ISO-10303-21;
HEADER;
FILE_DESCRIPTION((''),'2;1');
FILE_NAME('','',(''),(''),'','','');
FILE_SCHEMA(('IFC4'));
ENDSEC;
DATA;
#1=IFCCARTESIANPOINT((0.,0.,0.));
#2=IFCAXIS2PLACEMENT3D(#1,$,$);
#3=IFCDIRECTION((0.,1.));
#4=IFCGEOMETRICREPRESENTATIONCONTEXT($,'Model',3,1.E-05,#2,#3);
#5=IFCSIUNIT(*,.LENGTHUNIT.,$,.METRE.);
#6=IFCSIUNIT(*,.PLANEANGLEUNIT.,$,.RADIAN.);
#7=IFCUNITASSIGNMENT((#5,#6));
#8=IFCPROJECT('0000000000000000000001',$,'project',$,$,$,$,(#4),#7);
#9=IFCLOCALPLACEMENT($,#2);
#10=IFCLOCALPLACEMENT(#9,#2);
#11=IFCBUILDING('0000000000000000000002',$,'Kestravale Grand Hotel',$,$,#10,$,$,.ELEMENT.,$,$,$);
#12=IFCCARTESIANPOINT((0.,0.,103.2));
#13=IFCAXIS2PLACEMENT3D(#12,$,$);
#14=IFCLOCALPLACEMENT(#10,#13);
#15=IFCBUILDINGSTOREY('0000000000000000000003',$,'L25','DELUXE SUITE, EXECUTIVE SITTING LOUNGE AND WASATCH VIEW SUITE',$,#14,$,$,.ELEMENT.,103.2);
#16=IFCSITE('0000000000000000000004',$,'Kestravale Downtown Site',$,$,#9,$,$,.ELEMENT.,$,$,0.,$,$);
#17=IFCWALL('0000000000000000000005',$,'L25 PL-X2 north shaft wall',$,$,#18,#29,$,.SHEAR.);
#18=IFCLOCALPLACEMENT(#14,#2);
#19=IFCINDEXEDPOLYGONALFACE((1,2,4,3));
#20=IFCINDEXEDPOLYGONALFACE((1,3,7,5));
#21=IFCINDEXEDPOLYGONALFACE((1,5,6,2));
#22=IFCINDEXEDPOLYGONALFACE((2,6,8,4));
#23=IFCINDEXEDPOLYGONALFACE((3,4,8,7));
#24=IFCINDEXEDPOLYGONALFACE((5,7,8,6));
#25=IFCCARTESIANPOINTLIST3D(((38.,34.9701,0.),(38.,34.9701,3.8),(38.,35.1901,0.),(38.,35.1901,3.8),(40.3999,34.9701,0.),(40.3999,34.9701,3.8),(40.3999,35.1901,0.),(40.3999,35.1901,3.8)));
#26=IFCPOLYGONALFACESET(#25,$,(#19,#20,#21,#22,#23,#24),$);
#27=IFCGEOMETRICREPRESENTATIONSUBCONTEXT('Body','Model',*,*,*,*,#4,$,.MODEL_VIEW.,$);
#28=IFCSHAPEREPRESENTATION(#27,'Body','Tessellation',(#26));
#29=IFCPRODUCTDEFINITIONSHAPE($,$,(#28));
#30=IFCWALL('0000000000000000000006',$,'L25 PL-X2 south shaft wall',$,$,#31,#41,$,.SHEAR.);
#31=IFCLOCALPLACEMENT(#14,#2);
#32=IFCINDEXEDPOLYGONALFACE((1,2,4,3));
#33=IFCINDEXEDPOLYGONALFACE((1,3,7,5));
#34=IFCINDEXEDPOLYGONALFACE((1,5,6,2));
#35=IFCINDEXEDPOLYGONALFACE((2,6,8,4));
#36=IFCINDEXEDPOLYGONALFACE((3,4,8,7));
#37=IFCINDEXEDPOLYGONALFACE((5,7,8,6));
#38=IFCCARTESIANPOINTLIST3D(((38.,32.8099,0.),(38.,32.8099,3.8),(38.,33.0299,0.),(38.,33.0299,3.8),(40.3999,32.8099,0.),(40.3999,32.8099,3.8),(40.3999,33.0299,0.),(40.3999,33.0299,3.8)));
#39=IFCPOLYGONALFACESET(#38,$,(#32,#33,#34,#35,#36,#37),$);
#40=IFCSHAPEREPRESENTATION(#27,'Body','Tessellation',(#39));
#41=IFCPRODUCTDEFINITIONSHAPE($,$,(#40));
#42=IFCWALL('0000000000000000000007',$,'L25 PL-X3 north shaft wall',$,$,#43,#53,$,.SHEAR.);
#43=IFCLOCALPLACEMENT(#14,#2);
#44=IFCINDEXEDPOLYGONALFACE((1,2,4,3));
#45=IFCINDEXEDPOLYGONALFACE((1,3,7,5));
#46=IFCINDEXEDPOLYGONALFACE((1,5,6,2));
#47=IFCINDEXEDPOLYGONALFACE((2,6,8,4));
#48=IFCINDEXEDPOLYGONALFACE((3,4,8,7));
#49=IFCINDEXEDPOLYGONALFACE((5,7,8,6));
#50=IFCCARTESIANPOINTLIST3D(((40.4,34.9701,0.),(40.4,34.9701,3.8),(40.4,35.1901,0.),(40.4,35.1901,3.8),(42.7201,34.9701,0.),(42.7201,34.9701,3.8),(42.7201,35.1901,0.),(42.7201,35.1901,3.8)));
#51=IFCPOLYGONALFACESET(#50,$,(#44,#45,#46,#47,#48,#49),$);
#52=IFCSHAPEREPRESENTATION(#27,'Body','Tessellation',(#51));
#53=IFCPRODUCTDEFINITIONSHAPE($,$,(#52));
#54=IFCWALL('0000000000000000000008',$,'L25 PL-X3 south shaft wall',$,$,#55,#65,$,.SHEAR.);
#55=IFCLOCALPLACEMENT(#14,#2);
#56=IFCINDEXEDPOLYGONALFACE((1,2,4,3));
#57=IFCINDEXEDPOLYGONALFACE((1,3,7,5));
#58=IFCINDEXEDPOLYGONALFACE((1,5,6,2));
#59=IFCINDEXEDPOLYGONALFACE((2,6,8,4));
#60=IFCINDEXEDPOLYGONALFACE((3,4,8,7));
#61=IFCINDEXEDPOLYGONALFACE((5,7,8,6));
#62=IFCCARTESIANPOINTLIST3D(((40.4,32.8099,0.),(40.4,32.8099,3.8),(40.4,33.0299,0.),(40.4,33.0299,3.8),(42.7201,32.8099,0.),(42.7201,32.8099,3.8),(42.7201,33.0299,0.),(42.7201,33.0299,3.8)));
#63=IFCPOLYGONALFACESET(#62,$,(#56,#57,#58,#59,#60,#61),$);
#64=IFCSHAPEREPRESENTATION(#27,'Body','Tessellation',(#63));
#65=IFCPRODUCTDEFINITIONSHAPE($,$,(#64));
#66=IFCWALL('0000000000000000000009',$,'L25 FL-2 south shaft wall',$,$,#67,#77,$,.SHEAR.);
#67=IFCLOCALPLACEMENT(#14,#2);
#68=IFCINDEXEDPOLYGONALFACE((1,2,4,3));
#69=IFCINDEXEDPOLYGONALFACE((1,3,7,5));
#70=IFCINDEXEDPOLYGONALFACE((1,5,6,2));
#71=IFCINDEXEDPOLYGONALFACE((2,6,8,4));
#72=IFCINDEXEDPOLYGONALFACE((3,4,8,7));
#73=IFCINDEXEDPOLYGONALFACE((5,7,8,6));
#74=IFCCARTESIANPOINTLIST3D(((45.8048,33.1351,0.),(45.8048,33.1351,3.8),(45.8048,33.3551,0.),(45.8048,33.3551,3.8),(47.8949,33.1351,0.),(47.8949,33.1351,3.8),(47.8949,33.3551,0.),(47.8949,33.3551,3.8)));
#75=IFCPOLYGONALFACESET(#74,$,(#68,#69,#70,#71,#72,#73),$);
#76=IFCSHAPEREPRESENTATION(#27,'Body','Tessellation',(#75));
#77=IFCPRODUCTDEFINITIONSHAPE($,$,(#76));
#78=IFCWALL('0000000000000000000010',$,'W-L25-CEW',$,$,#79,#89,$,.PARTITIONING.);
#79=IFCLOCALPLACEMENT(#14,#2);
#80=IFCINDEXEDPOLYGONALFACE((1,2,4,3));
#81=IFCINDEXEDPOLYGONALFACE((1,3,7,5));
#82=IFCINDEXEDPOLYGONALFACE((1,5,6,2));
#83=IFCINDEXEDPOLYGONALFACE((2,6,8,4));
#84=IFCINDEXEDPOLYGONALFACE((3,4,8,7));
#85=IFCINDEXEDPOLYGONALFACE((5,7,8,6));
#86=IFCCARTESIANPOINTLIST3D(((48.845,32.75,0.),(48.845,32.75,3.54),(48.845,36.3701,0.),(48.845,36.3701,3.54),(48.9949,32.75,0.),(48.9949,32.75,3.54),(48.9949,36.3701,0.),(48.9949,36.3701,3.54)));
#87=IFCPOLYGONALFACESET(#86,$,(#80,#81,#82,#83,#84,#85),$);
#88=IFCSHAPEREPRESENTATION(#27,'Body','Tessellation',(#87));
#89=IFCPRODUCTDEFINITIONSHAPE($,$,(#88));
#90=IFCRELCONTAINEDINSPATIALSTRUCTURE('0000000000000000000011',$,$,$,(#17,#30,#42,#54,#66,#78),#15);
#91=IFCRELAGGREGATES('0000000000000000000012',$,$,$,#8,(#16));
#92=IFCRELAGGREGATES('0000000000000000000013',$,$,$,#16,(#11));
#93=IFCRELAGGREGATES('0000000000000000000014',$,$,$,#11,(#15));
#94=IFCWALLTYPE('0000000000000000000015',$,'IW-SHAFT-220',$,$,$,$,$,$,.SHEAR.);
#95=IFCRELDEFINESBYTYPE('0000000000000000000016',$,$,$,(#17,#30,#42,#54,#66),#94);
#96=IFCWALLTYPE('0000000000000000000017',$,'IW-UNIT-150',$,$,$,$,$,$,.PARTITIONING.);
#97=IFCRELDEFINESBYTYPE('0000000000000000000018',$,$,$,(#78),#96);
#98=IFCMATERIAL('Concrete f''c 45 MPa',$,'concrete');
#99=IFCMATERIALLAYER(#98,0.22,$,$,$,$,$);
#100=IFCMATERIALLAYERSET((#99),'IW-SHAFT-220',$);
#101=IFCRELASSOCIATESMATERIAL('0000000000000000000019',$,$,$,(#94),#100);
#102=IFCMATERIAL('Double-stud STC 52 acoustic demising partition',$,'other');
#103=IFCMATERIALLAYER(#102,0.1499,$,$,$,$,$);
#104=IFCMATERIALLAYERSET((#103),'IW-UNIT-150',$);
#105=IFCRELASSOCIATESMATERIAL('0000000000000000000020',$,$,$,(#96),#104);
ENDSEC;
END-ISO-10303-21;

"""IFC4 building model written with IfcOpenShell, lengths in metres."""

from ifc_helpers import new_model, si_unit, direction, frame, frame_2d, origin, place, context, subcontext, project, spatial, rectangle, extrude, material, layer, layer_set, type_object, element, save


model = new_model("IFC4")

# Units and contexts
model_context = context("Model", 3, precision=1e-05, world=origin(), true_north=direction((0.0, 1.0)))
body_context = subcontext(model_context, "Body", "Model", "MODEL_VIEW")
ifc_project = project(units=[si_unit("LENGTHUNIT", "METRE"), si_unit("PLANEANGLEUNIT", "RADIAN")], contexts=[model_context])

# Site, building, storey
site_placement = place(None, origin())
site = spatial("IfcSite", under=ifc_project, at=site_placement, Name="Kestravale Downtown Site", CompositionType="ELEMENT", RefElevation=0.0)
building_placement = place(site_placement, origin())
building = spatial("IfcBuilding", under=site, at=building_placement, Name="Kestravale Grand Hotel", CompositionType="ELEMENT")
storey_placement = place(building_placement, frame((0.0, 0.0, 103.2)))
storey = spatial("IfcBuildingStorey", under=building, at=storey_placement, Name="L25", Description="DELUXE SUITE, EXECUTIVE SITTING LOUNGE AND WASATCH VIEW SUITE", CompositionType="ELEMENT", Elevation=103.2)

# Walls
ifc_material_1 = material(Name="Concrete f'c 45 MPa", Category="concrete")
ifc_layer_1 = layer(ifc_material_1, 0.22)
ifc_layer_set_1 = layer_set([ifc_layer_1], Name="IW-SHAFT-220")
wall_type_1 = type_object("IfcWallType", Name="IW-SHAFT-220", PredefinedType="SHEAR", material=ifc_layer_set_1)
for number, where, z_axis, x_axis, name in (
    (1, (38.0, 35.0801, 0.0), (0.0, 0.0, 1.0), (1.0, 0.0, 0.0), "L25 PL-X2 north shaft wall"),
    (2, (38.0, 32.9199, 0.0), (0.0, 0.0, 1.0), (1.0, 0.0, 0.0), "L25 PL-X2 south shaft wall"),
):
    element("IfcWall", number, at=place(storey_placement, frame(where, z_axis=z_axis, x_axis=x_axis)), inside=storey, type_object=wall_type_1, Name=name, PredefinedType="SHEAR", context=body_context, shape_type="SweptSolid", body=[
        extrude(rectangle(XDim=2.3999, YDim=0.22, at=frame_2d((1.2, 0.0))), origin(), (0.0, 0.0, 1.0), 3.8),
    ])
for number, where, z_axis, x_axis, name in (
    (3, (40.3999, 35.0801, 0.0), (0.0, 0.0, 1.0), (1.0, 0.0, 0.0), "L25 PL-X3 north shaft wall"),
    (4, (40.3999, 32.9199, 0.0), (0.0, 0.0, 1.0), (1.0, 0.0, 0.0), "L25 PL-X3 south shaft wall"),
):
    element("IfcWall", number, at=place(storey_placement, frame(where, z_axis=z_axis, x_axis=x_axis)), inside=storey, type_object=wall_type_1, Name=name, PredefinedType="SHEAR", context=body_context, shape_type="SweptSolid", body=[
        extrude(rectangle(XDim=2.3201, YDim=0.22, at=frame_2d((1.1602, 0.0))), origin(), (0.0, 0.0, 1.0), 3.8),
    ])
wall_1_placement = place(storey_placement, frame((45.8049, 33.2451, 0.0), z_axis=(0.0, 0.0, 1.0), x_axis=(1.0, 0.0, 0.0)))
element("IfcWall", 5, at=wall_1_placement, inside=storey, type_object=wall_type_1, Name="L25 FL-2 south shaft wall", PredefinedType="SHEAR", context=body_context, shape_type="SweptSolid", body=[
    extrude(rectangle(XDim=2.0901, YDim=0.22, at=frame_2d((1.0449, 0.0))), origin(), (0.0, 0.0, 1.0), 3.8),
])
ifc_material_2 = material(Name="Double-stud STC 52 acoustic demising partition", Category="other")
ifc_layer_2 = layer(ifc_material_2, 0.1499)
ifc_layer_set_2 = layer_set([ifc_layer_2], Name="IW-UNIT-150")
wall_type_2 = type_object("IfcWallType", Name="IW-UNIT-150", PredefinedType="PARTITIONING", material=ifc_layer_set_2)
wall_2_placement = place(storey_placement, frame((48.9199, 32.75, 0.0), z_axis=(0.0, 0.0, 1.0), x_axis=(0.0, 1.0, 0.0)))
element("IfcWall", 6, at=wall_2_placement, inside=storey, type_object=wall_type_2, Name="W-L25-CEW", PredefinedType="PARTITIONING", context=body_context, shape_type="SweptSolid", body=[
    extrude(rectangle(XDim=3.6201, YDim=0.1499, at=frame_2d((1.8101, 0.0))), origin(), (0.0, 0.0, 1.0), 3.54),
])

save(model, "model.ifc")
